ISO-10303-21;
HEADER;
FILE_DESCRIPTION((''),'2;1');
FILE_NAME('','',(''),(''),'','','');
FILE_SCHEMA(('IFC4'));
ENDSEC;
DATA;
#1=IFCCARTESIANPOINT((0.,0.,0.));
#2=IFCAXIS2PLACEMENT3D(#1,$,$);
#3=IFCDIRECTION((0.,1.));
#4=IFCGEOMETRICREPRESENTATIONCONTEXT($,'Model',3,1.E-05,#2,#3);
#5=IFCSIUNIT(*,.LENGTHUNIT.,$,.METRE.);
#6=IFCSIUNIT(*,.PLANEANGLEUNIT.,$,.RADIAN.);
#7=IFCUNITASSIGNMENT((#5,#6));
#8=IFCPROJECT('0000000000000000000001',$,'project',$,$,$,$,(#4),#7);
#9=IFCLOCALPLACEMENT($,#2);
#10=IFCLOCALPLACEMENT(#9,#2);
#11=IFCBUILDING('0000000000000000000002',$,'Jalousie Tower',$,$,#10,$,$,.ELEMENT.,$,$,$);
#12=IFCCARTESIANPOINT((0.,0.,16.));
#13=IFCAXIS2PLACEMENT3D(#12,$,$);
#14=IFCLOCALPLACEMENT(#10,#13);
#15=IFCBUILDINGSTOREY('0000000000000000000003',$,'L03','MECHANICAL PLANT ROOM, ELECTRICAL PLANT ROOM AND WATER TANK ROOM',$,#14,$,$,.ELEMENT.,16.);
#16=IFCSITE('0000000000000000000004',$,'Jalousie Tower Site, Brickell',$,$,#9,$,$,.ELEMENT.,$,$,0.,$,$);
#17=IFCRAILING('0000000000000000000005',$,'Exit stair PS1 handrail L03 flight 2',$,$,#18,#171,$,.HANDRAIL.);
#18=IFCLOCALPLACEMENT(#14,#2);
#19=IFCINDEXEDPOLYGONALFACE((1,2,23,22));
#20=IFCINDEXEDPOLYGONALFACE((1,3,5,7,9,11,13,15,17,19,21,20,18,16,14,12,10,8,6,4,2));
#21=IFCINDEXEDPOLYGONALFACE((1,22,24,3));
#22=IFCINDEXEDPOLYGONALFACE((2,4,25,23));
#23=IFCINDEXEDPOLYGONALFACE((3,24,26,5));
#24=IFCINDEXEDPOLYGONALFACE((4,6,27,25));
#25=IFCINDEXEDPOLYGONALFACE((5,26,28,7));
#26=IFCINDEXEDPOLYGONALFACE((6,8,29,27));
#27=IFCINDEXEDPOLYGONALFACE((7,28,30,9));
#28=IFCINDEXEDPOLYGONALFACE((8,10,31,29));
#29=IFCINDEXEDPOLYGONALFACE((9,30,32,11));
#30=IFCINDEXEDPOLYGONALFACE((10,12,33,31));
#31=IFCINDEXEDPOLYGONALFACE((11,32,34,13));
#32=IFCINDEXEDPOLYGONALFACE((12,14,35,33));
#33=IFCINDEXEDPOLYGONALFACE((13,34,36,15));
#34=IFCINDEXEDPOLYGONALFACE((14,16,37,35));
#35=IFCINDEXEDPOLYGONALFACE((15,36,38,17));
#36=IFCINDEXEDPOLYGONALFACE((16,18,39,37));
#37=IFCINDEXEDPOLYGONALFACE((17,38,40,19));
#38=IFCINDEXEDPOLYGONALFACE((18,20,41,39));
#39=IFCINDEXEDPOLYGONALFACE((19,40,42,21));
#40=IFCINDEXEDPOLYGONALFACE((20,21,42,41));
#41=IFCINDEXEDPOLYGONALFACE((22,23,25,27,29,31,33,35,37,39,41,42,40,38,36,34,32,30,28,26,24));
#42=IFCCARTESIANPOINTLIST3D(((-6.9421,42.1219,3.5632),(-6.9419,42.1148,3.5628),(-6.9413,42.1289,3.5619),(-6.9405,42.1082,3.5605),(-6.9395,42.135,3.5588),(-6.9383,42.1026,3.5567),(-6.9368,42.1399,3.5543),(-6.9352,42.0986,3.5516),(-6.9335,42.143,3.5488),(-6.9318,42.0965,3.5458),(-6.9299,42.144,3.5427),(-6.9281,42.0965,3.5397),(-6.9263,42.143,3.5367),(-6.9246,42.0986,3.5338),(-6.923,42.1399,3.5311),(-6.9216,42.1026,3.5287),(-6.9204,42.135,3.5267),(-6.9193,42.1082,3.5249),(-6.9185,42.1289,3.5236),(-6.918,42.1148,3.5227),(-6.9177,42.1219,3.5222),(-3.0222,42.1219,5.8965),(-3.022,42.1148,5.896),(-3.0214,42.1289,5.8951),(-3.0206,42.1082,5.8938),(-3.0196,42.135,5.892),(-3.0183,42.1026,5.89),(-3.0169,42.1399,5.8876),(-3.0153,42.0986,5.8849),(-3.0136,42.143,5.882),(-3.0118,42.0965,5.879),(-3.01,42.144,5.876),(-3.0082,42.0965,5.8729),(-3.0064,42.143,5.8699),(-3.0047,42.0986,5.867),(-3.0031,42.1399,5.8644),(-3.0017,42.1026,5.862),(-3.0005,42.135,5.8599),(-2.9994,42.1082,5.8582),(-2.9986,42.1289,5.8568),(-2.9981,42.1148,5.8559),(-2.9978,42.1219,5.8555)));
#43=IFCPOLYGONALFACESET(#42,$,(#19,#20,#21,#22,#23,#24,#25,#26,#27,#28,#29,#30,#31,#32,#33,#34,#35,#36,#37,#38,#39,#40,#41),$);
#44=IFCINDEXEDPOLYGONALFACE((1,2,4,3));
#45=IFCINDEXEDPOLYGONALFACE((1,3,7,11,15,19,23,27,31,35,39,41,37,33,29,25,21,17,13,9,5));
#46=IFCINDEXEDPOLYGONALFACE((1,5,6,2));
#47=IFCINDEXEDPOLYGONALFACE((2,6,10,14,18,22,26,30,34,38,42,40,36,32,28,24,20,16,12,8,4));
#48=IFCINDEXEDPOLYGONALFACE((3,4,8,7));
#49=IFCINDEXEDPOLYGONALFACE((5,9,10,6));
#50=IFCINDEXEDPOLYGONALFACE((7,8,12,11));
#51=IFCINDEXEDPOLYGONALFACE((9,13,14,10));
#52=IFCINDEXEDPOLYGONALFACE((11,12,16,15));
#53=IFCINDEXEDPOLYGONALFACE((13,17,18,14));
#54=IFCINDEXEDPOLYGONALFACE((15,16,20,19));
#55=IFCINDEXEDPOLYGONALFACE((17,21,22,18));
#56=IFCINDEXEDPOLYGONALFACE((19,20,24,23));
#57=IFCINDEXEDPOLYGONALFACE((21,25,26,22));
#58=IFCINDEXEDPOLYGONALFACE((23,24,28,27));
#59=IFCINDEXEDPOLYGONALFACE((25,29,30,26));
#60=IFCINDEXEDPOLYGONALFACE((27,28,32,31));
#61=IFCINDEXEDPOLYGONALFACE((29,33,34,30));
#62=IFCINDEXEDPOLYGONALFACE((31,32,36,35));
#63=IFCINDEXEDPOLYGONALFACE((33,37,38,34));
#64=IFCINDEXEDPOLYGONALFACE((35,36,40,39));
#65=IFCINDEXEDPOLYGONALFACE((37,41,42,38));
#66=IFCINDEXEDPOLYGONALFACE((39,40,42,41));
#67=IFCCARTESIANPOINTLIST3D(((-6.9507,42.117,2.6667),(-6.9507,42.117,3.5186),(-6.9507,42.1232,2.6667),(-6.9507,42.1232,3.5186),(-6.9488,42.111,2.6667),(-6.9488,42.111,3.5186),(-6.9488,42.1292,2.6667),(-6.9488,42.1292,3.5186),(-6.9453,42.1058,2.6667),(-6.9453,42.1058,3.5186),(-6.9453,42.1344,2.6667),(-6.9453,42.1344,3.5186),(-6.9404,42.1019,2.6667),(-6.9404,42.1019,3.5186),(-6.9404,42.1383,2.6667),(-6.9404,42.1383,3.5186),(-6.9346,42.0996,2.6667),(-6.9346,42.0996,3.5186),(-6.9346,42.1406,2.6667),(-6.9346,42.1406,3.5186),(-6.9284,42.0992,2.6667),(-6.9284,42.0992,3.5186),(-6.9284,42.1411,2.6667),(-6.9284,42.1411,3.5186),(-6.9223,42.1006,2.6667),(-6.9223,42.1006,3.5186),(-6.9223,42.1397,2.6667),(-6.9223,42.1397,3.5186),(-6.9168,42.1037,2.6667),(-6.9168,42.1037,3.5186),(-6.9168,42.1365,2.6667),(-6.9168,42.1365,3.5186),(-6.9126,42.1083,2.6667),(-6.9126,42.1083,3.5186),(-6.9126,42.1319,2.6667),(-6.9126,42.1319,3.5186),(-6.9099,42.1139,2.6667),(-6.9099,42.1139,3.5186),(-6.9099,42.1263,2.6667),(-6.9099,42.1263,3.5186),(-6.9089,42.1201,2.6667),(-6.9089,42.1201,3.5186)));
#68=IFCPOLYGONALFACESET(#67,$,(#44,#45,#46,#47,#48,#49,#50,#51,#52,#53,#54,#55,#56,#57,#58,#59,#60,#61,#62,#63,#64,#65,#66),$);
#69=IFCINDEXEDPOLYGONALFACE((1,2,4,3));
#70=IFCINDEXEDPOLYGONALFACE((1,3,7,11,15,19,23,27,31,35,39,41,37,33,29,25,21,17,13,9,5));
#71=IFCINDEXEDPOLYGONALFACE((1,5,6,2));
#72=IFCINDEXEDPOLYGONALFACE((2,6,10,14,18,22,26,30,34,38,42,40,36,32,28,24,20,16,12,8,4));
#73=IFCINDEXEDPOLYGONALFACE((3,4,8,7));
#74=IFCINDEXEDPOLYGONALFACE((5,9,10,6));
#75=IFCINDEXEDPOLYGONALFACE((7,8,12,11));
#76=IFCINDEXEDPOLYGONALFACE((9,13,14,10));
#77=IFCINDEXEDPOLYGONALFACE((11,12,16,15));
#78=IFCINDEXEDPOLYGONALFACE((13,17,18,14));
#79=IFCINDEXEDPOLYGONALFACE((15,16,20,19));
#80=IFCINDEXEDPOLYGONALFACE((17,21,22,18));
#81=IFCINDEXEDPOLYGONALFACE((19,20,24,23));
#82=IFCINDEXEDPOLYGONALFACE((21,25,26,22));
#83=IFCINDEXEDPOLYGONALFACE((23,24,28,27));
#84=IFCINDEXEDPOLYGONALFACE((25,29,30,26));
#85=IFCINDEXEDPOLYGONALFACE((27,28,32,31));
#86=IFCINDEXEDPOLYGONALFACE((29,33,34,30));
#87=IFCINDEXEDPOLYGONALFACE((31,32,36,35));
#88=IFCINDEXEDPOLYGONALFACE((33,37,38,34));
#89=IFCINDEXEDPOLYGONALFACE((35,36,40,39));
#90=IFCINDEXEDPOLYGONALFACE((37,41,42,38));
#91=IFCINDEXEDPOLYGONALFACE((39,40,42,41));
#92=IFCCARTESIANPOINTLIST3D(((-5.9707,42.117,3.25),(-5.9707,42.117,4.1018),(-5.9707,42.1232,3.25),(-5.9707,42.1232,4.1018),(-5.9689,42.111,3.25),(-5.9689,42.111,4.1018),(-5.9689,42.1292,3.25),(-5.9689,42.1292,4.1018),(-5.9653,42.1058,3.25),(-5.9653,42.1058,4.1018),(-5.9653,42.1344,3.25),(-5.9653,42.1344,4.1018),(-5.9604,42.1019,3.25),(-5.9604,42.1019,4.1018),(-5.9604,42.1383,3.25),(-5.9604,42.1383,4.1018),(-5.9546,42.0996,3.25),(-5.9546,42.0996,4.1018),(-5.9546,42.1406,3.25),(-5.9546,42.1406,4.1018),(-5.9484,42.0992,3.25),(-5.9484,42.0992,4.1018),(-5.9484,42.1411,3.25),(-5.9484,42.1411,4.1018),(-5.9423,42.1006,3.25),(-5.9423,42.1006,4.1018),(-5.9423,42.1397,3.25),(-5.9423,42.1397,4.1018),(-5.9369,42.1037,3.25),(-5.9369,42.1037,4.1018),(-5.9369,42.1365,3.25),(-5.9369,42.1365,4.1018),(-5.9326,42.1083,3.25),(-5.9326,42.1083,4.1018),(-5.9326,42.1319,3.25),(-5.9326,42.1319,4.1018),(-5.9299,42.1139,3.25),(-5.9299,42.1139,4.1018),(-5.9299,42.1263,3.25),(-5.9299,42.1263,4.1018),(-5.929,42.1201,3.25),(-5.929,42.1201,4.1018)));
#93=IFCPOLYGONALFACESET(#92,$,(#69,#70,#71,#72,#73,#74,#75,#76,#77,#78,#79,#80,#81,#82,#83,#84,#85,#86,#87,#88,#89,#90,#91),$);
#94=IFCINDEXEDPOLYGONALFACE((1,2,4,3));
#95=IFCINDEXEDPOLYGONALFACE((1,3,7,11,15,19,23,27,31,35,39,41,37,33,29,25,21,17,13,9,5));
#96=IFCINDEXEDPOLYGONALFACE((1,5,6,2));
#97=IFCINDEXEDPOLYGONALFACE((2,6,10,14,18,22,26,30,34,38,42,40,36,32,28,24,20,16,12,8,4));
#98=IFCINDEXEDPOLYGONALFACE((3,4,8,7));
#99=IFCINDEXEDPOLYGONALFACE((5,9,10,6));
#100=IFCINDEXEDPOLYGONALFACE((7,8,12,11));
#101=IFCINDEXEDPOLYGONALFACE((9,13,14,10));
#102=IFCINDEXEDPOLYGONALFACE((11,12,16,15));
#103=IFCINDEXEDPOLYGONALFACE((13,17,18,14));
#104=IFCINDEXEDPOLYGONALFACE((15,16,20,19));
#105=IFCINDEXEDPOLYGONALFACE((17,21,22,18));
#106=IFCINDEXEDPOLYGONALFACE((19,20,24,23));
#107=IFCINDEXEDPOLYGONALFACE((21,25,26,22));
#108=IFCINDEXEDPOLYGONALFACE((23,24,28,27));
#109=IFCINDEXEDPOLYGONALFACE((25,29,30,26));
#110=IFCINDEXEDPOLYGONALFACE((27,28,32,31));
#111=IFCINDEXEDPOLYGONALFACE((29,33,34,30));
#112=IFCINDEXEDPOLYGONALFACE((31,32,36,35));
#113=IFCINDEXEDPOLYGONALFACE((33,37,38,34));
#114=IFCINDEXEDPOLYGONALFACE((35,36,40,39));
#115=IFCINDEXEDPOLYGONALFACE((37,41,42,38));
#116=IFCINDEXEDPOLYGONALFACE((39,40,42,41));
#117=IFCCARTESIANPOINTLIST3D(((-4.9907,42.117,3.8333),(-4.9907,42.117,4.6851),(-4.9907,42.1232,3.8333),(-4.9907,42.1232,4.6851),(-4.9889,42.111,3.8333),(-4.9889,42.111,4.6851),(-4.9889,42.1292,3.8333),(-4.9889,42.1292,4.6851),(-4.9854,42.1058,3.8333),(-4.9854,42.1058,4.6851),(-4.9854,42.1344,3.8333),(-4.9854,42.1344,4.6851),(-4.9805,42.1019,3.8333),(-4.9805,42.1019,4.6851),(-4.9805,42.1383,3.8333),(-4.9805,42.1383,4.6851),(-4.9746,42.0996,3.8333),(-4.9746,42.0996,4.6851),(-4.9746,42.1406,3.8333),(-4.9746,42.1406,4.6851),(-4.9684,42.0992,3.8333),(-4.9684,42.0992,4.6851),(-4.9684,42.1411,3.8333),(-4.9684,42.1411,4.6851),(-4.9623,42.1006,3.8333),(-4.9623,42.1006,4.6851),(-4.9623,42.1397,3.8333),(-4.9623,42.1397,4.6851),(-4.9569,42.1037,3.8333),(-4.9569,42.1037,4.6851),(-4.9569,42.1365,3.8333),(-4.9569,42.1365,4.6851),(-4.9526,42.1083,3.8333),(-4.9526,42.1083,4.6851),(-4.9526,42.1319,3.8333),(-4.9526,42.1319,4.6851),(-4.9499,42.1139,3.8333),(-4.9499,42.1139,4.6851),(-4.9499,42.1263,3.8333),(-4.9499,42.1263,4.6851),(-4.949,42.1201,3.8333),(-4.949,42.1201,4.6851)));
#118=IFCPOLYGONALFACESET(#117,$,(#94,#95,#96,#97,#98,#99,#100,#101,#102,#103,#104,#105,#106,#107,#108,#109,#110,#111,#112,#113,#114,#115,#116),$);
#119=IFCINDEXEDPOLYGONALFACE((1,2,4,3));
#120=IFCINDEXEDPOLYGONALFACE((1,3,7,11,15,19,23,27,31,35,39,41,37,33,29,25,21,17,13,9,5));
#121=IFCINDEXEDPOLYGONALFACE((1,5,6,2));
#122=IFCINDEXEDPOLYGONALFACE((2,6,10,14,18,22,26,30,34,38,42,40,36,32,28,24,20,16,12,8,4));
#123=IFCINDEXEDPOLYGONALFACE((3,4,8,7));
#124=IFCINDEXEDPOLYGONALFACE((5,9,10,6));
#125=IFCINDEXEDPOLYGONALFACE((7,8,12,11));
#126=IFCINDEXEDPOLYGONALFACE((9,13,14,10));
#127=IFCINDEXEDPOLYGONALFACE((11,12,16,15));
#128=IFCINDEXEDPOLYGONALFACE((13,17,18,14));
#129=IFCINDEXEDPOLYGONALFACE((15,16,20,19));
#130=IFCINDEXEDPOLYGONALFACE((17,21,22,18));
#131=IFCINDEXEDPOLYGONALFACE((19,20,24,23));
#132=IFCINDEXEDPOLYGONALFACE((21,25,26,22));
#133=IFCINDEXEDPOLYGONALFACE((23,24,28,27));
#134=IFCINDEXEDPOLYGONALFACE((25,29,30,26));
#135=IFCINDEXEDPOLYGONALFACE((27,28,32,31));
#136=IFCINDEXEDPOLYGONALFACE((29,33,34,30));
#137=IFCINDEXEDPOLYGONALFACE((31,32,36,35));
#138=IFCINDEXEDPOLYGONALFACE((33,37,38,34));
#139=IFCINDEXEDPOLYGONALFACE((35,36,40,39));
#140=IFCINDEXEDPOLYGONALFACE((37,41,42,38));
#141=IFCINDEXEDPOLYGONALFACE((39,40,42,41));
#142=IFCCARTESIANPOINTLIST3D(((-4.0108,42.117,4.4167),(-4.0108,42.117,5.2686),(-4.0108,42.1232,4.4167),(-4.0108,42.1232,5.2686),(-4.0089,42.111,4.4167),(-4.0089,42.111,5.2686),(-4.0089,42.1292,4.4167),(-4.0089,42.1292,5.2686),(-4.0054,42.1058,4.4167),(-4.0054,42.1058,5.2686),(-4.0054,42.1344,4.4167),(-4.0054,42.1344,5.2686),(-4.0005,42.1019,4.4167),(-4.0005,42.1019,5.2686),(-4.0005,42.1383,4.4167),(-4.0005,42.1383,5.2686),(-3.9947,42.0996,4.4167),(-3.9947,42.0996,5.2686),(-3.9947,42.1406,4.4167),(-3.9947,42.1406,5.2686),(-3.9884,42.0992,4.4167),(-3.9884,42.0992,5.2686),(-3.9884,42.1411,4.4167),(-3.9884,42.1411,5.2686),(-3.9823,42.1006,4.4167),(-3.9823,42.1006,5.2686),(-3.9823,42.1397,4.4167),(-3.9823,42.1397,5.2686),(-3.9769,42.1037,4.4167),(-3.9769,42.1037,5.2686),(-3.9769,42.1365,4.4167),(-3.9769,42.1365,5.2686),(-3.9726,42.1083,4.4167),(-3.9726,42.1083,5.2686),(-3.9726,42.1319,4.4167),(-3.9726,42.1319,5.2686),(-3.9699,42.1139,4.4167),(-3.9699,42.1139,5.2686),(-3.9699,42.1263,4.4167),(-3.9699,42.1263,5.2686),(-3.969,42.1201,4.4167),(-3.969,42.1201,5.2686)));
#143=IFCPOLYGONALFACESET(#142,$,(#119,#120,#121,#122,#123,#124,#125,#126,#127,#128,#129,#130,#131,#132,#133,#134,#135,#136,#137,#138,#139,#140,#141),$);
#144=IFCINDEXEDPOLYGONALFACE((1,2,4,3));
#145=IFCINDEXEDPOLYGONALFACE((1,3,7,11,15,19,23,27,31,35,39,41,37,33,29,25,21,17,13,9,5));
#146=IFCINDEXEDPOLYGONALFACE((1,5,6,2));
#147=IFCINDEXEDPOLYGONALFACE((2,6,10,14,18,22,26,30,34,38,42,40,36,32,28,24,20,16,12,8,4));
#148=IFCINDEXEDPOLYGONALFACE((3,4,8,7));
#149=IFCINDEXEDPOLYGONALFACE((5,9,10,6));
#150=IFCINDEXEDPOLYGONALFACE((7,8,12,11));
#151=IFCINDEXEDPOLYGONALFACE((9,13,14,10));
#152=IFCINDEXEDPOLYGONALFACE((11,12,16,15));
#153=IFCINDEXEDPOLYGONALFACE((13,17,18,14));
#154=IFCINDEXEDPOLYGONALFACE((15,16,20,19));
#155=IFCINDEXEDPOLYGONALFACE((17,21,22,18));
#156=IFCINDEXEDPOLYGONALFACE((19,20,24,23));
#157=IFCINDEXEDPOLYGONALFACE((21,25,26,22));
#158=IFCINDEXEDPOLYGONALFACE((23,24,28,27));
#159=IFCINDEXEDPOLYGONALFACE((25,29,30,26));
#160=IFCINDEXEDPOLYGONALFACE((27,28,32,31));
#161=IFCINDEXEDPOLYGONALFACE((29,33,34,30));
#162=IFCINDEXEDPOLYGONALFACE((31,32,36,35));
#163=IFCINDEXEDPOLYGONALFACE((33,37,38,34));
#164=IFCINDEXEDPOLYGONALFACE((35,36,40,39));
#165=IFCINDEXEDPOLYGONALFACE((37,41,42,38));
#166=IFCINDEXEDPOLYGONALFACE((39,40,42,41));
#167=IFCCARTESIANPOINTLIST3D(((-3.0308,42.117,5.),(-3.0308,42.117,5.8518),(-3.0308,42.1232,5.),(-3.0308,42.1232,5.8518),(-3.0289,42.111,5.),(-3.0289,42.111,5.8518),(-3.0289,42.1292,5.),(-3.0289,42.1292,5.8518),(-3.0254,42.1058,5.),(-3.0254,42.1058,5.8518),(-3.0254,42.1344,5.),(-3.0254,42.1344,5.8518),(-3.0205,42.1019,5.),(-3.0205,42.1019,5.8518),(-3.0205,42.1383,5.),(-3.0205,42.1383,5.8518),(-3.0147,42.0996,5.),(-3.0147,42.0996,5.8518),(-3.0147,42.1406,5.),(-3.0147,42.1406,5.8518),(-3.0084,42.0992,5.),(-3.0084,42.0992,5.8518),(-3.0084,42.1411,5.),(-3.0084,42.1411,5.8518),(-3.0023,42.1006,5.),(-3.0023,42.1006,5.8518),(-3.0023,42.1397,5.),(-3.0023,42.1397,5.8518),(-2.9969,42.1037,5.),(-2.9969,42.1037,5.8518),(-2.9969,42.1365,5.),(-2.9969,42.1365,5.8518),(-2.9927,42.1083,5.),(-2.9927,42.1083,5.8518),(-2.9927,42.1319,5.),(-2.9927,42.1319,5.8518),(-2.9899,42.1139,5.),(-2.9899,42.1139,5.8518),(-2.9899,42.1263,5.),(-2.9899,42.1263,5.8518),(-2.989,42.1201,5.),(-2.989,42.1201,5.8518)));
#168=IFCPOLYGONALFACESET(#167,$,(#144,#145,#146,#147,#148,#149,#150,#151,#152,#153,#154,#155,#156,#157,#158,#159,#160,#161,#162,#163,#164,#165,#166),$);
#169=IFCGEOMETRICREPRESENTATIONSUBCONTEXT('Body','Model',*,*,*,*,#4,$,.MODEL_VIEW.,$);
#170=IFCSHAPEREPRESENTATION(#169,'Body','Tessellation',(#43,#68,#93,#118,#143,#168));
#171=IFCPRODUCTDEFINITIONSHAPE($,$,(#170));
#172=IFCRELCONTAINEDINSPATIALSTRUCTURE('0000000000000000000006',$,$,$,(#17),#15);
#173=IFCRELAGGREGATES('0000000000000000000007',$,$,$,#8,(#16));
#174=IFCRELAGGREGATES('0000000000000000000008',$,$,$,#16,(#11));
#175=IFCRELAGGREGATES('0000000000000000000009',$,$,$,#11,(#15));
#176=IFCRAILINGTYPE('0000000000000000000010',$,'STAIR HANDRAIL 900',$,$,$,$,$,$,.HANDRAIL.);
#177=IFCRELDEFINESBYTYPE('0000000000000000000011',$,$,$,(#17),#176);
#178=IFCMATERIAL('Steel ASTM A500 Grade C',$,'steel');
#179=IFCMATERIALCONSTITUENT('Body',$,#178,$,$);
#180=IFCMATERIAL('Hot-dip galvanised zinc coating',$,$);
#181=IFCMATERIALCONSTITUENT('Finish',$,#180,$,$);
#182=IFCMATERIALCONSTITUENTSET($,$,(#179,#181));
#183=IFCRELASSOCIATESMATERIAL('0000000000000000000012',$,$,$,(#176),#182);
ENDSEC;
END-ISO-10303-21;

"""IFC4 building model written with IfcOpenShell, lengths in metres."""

from ifc_helpers import new_model, si_unit, direction, frame, origin, origin_2d, place, context, subcontext, project, spatial, circle, extrude, material, constituent, constituent_set, type_object, element, save


model = new_model("IFC4")

# Units and contexts
model_context = context("Model", 3, precision=1e-05, world=origin(), true_north=direction((0.0, 1.0)))
body_context = subcontext(model_context, "Body", "Model", "MODEL_VIEW")
ifc_project = project(units=[si_unit("LENGTHUNIT", "METRE"), si_unit("PLANEANGLEUNIT", "RADIAN")], contexts=[model_context])

# Site, building, storey
site_placement = place(None, origin())
site = spatial("IfcSite", under=ifc_project, at=site_placement, Name="Jalousie Tower Site, Brickell", CompositionType="ELEMENT", RefElevation=0.0)
building_placement = place(site_placement, origin())
building = spatial("IfcBuilding", under=site, at=building_placement, Name="Jalousie Tower", CompositionType="ELEMENT")
storey_placement = place(building_placement, frame((0.0, 0.0, 16.0)))
storey = spatial("IfcBuildingStorey", under=building, at=storey_placement, Name="L03", Description="MECHANICAL PLANT ROOM, ELECTRICAL PLANT ROOM AND WATER TANK ROOM", CompositionType="ELEMENT", Elevation=16.0)

# Railing
ifc_material_1 = material(Name="Steel ASTM A500 Grade C", Category="steel")
ifc_constituent_1 = constituent(ifc_material_1, Name="Body")
ifc_material_2 = material(Name="Hot-dip galvanised zinc coating")
ifc_constituent_2 = constituent(ifc_material_2, Name="Finish")
ifc_constituent_set_1 = constituent_set(constituents=[ifc_constituent_1, ifc_constituent_2])
railing_type_1 = type_object("IfcRailingType", Name="STAIR HANDRAIL 900", PredefinedType="HANDRAIL", material=ifc_constituent_set_1)
railing_1_placement = place(storey_placement, frame((-6.9299, 42.1201, 2.6667)))
element("IfcRailing", 1, at=railing_1_placement, inside=storey, type_object=railing_type_1, Name="Exit stair PS1 handrail L03 flight 2", PredefinedType="HANDRAIL", context=body_context, shape_type="SweptSolid", body=[
    extrude(circle(Radius=0.0239, at=origin_2d()), frame((0.0, 0.0, 0.876), z_axis=(0.859296, 0.0, 0.511478), x_axis=(0.0, 1.0, 0.0)), (0.0, 0.0, 1.0), 4.5618),
    extrude(circle(Radius=0.021, at=origin_2d()), origin(), (0.0, 0.0, 1.0), 0.8518),
    extrude(circle(Radius=0.021, at=origin_2d()), frame((0.98, 0.0, 0.5833)), (0.0, 0.0, 1.0), 0.8518),
    extrude(circle(Radius=0.021, at=origin_2d()), frame((1.96, 0.0, 1.1665)), (0.0, 0.0, 1.0), 0.8518),
    extrude(circle(Radius=0.021, at=origin_2d()), frame((2.9399, 0.0, 1.75)), (0.0, 0.0, 1.0), 0.8518),
    extrude(circle(Radius=0.021, at=origin_2d()), frame((3.9199, 0.0, 2.3333)), (0.0, 0.0, 1.0), 0.8518),
])

save(model, "model.ifc")
